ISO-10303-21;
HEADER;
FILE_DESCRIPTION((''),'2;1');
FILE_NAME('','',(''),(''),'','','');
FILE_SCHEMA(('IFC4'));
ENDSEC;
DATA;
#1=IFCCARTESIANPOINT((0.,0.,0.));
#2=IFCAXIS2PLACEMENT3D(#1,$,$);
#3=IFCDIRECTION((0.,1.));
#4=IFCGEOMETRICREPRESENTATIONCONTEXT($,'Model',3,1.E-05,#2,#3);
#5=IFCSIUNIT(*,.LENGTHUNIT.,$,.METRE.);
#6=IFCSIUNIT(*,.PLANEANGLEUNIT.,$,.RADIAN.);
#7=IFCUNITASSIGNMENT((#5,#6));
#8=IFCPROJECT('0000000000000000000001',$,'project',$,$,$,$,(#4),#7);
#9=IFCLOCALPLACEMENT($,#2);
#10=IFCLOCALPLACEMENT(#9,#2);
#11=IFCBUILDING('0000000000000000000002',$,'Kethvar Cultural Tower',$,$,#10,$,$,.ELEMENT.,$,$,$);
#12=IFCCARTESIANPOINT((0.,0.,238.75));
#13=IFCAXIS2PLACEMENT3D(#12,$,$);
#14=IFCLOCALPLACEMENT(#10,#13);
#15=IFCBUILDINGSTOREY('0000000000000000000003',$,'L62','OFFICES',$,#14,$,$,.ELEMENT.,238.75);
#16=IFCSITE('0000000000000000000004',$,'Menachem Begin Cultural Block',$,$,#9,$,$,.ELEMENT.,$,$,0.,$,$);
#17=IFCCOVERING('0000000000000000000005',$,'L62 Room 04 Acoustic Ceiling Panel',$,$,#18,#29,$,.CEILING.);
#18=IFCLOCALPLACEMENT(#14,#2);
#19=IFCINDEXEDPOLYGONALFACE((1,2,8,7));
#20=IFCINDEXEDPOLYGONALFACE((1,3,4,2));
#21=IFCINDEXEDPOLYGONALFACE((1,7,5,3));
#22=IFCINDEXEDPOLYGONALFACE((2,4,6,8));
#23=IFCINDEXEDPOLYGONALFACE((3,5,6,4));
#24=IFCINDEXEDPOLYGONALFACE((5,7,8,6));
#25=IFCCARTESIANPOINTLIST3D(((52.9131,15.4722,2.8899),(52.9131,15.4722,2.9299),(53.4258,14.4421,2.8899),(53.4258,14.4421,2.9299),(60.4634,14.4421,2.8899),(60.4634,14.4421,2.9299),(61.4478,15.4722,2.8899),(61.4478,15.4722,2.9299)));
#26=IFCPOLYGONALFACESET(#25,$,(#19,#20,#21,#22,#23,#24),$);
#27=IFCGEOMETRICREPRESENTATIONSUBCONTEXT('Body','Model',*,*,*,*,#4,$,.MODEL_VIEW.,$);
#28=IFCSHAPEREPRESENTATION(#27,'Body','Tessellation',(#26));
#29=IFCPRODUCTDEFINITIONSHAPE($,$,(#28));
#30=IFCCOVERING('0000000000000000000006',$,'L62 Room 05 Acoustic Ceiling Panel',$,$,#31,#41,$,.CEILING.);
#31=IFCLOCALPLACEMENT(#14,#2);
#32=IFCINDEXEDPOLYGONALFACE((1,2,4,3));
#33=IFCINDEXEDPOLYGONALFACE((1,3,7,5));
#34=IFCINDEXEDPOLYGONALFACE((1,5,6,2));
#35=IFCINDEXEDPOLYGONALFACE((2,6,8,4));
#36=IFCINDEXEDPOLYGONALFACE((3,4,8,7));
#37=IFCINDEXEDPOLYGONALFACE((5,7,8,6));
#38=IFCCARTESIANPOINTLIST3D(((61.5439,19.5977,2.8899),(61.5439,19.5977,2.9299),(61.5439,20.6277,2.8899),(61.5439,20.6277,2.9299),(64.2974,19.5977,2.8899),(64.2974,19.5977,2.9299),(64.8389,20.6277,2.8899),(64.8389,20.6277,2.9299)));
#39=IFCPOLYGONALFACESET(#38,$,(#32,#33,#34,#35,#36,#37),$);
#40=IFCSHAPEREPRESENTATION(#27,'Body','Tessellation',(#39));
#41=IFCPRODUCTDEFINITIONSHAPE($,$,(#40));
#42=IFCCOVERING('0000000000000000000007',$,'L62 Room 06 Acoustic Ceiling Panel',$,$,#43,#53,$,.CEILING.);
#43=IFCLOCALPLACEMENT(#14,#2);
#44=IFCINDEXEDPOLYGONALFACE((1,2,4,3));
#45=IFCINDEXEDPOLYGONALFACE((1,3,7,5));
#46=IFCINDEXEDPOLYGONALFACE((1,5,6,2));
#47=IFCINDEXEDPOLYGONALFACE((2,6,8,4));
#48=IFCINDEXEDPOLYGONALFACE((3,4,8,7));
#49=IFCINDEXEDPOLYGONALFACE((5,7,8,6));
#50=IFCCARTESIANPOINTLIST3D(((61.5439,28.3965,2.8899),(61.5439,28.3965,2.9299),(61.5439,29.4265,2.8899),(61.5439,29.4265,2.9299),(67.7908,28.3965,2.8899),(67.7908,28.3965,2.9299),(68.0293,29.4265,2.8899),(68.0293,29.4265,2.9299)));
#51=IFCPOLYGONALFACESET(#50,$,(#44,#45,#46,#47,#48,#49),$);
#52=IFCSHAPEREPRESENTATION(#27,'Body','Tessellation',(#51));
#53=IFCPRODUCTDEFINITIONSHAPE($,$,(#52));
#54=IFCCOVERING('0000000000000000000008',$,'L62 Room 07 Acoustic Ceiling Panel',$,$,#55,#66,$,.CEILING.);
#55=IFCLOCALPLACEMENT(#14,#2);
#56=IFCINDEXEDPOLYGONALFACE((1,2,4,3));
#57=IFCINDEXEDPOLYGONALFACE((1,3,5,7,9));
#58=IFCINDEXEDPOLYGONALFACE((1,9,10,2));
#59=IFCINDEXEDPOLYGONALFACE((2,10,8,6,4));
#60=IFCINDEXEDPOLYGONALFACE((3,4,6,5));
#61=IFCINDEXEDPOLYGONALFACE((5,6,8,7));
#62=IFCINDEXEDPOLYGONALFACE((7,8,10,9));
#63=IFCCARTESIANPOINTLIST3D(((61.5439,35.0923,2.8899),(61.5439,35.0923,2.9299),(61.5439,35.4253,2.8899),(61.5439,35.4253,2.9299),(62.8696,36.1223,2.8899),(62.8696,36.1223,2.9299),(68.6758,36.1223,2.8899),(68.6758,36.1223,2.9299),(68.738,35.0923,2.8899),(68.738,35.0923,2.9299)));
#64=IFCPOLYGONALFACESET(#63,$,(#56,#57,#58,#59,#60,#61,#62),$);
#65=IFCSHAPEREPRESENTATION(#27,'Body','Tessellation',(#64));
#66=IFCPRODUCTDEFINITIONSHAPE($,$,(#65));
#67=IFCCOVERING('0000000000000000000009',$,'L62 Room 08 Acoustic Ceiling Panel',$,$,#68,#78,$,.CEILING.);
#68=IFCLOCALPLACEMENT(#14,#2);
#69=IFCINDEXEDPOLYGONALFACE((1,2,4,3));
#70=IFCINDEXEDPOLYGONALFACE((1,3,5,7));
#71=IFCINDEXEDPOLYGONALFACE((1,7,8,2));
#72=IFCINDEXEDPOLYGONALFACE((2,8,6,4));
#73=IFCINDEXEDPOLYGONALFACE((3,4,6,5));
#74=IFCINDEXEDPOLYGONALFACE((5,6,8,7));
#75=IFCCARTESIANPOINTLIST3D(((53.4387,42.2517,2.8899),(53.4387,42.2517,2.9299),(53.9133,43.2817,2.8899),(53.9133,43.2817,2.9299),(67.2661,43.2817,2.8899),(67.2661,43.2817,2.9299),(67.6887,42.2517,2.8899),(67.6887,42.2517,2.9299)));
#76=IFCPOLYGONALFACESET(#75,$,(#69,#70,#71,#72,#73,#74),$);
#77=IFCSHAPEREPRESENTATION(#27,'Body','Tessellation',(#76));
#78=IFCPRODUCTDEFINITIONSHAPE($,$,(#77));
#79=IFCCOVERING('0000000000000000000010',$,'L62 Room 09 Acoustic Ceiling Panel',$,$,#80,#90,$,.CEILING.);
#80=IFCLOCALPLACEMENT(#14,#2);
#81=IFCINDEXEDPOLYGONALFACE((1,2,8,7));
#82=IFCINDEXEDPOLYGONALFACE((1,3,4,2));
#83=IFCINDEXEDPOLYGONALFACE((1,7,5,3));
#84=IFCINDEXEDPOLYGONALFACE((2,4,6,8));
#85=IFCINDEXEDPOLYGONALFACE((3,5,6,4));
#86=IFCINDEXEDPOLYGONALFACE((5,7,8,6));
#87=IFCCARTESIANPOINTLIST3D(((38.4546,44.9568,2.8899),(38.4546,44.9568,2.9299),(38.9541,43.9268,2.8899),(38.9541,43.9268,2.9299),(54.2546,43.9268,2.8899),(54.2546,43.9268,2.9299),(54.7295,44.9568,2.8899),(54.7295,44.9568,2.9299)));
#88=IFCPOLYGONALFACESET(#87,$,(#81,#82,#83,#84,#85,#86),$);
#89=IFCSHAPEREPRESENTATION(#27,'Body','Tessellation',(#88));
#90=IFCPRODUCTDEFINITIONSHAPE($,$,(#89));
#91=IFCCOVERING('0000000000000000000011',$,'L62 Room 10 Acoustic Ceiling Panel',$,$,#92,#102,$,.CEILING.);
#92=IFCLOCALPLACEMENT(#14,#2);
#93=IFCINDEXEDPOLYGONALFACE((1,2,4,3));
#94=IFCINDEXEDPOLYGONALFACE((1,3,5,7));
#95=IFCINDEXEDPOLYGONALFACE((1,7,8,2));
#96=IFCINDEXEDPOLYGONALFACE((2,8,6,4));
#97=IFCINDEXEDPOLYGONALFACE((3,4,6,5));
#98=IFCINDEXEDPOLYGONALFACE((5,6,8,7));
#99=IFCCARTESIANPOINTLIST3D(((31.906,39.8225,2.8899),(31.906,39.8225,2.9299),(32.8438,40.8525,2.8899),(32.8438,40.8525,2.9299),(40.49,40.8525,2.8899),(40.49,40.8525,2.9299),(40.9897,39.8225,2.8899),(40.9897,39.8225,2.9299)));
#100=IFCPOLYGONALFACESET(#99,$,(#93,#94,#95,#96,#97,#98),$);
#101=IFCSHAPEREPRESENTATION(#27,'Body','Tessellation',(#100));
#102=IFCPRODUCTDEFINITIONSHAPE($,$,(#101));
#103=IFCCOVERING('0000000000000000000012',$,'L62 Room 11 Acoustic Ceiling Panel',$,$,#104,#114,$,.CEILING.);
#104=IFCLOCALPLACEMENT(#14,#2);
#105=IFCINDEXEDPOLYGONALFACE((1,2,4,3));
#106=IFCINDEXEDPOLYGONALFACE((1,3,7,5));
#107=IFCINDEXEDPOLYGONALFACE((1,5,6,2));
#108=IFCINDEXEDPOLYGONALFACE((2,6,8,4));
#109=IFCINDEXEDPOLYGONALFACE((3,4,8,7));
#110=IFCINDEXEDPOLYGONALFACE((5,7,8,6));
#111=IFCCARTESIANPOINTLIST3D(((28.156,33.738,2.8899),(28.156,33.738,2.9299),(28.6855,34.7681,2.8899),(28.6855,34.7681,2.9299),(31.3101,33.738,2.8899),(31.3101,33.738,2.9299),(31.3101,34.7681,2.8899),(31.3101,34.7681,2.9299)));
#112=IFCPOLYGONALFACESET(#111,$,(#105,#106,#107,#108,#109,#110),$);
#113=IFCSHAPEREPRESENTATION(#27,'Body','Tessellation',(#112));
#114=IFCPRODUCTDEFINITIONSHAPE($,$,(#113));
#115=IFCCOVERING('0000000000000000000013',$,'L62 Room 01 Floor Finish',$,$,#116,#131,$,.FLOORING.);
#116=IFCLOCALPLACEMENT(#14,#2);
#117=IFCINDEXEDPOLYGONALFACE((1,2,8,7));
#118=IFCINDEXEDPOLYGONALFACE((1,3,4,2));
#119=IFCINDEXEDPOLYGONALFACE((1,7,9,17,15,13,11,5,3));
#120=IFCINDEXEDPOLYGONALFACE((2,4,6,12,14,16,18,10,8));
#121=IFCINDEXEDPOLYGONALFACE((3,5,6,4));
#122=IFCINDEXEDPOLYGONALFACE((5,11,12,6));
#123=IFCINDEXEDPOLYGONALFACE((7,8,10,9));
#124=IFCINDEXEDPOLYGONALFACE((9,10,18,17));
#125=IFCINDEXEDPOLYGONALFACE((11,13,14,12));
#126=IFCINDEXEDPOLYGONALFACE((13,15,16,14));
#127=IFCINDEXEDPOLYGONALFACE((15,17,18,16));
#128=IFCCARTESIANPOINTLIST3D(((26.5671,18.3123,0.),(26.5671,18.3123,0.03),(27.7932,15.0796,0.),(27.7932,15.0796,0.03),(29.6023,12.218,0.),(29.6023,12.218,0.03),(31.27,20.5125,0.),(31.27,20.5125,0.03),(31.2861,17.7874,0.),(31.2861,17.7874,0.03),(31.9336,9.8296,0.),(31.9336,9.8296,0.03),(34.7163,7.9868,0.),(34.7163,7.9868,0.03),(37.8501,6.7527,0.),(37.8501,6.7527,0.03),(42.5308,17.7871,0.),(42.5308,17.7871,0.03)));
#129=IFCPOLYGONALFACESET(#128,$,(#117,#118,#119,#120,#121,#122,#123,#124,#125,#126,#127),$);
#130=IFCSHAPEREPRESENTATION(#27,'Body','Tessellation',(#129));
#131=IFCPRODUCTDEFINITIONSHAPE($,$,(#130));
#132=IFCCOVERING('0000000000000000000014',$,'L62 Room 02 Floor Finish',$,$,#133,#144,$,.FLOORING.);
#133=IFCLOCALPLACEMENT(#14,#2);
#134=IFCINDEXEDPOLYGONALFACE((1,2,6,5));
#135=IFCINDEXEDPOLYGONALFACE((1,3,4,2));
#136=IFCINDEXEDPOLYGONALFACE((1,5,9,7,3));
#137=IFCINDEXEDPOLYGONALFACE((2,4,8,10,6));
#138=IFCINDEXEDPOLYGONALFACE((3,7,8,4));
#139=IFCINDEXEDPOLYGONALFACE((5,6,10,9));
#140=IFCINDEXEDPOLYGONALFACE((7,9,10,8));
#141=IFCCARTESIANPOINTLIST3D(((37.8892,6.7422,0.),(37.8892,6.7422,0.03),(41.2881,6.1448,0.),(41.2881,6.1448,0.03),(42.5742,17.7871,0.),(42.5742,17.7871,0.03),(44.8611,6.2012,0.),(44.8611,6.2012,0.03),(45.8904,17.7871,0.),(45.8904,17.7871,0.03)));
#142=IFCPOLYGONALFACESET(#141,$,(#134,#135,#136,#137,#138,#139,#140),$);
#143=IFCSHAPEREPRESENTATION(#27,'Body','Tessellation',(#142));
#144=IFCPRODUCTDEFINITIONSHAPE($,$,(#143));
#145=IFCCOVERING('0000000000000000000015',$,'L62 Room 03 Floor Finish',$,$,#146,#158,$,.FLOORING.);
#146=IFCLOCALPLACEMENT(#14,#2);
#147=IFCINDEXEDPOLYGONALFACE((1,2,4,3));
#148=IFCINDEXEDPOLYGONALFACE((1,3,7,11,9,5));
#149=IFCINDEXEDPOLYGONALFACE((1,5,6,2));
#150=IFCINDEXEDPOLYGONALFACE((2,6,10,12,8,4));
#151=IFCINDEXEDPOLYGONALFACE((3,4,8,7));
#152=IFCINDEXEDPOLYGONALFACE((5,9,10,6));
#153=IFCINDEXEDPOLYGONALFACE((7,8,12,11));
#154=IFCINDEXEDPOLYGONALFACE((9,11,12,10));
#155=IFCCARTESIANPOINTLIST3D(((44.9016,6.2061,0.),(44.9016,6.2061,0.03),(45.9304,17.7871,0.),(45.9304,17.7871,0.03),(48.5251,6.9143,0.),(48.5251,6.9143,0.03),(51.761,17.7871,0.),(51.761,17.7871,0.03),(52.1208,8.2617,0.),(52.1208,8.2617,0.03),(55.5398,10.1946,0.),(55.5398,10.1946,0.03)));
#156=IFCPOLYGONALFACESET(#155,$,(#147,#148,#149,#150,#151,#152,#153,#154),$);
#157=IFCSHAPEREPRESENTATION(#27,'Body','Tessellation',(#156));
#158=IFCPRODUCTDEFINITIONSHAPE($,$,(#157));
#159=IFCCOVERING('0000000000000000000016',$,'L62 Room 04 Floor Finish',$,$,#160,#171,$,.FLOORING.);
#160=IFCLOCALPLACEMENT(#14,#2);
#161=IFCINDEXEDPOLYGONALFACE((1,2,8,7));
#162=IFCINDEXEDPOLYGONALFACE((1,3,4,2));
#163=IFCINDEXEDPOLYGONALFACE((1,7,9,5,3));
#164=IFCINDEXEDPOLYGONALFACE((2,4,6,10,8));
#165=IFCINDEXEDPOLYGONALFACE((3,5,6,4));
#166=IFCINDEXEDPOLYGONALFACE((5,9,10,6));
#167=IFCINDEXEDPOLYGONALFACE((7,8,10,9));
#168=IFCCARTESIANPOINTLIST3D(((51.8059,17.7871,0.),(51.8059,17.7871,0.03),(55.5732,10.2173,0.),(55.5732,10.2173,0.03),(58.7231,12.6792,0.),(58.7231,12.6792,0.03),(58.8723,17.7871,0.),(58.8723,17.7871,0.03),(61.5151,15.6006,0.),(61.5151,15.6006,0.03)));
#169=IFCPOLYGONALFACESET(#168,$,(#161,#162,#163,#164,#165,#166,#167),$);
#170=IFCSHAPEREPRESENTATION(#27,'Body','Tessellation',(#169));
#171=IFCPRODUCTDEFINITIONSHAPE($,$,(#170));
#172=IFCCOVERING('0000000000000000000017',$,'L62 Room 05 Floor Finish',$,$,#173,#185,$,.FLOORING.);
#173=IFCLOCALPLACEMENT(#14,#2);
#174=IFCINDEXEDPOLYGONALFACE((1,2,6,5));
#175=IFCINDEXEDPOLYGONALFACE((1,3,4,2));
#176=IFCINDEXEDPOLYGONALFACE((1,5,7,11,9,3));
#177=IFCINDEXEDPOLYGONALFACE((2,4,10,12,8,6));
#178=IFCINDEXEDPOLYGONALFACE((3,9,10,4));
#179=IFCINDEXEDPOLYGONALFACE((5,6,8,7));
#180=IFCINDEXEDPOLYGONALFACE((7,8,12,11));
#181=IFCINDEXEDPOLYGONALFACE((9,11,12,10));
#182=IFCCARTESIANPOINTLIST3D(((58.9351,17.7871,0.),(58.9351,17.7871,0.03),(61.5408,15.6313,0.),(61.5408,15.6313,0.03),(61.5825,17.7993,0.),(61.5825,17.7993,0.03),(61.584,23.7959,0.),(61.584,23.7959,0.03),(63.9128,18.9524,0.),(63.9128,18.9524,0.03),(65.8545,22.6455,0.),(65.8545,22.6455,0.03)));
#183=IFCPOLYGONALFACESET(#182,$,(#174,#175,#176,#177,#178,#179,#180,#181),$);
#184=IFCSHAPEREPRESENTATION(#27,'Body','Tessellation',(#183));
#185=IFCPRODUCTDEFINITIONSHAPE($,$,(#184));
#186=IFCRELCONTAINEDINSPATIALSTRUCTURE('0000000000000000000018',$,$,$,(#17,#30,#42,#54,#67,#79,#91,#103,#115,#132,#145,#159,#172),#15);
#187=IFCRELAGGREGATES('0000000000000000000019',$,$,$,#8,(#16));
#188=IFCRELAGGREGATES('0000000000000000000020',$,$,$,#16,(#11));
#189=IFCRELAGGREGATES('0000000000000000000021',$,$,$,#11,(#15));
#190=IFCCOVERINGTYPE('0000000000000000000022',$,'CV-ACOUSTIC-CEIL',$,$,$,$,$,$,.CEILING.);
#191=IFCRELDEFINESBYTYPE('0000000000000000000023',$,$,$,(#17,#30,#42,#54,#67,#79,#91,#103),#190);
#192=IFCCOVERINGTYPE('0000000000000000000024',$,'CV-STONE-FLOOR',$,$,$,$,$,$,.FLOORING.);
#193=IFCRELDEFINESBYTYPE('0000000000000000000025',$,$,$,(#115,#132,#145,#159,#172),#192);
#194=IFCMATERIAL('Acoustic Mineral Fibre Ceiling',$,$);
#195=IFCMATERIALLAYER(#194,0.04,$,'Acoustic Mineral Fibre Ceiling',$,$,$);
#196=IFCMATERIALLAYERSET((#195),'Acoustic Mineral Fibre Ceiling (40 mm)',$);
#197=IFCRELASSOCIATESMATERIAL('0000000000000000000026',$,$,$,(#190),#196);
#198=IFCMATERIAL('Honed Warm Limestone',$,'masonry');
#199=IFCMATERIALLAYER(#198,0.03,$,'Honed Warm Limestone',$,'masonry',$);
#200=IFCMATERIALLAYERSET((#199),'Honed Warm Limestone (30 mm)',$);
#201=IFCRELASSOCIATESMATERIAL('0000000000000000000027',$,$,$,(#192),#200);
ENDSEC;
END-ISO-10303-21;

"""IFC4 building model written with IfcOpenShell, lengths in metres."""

from ifc_helpers import new_model, si_unit, direction, frame, origin, place, context, subcontext, project, spatial, polyline, outline, extrude, material, layer, layer_set, type_object, element, save


model = new_model("IFC4")

# Units and contexts
model_context = context("Model", 3, precision=1e-05, world=origin(), true_north=direction((0.0, 1.0)))
body_context = subcontext(model_context, "Body", "Model", "MODEL_VIEW")
ifc_project = project(units=[si_unit("LENGTHUNIT", "METRE"), si_unit("PLANEANGLEUNIT", "RADIAN")], contexts=[model_context])

# Site, building, storey
site_placement = place(None, origin())
site = spatial("IfcSite", under=ifc_project, at=site_placement, Name="Menachem Begin Cultural Block", CompositionType="ELEMENT", RefElevation=0.0)
building_placement = place(site_placement, origin())
building = spatial("IfcBuilding", under=site, at=building_placement, Name="Kethvar Cultural Tower", CompositionType="ELEMENT")
storey_placement = place(building_placement, frame((0.0, 0.0, 238.75)))
storey = spatial("IfcBuildingStorey", under=building, at=storey_placement, Name="L62", Description="OFFICES", CompositionType="ELEMENT", Elevation=238.75)

# Coverings
ifc_material_1 = material(Name="Acoustic Mineral Fibre Ceiling")
ifc_layer_1 = layer(ifc_material_1, 0.04, Name="Acoustic Mineral Fibre Ceiling")
ifc_layer_set_1 = layer_set([ifc_layer_1], Name="Acoustic Mineral Fibre Ceiling (40 mm)")
covering_type_1 = type_object("IfcCoveringType", Name="CV-ACOUSTIC-CEIL", PredefinedType="CEILING", material=ifc_layer_set_1)
covering_1_placement = place(storey_placement, frame((0.0, 0.0, 2.8899)))
element("IfcCovering", 1, at=covering_1_placement, inside=storey, type_object=covering_type_1, Name="L62 Room 04 Acoustic Ceiling Panel", PredefinedType="CEILING", context=body_context, shape_type="SweptSolid", body=[
    extrude(outline(polyline([(52.9131, 15.4722), (61.4478, 15.4722), (60.4634, 14.4421), (53.4258, 14.4421), (52.9131, 15.4722)])), origin(), (0.0, 0.0, 1.0), 0.04),
])
covering_2_placement = place(storey_placement, frame((0.0, 0.0, 2.8899)))
element("IfcCovering", 2, at=covering_2_placement, inside=storey, type_object=covering_type_1, Name="L62 Room 05 Acoustic Ceiling Panel", PredefinedType="CEILING", context=body_context, shape_type="SweptSolid", body=[
    extrude(outline(polyline([(61.5439, 20.6277), (64.8389, 20.6277), (64.2974, 19.5977), (61.5439, 19.5977), (61.5439, 20.6277)])), origin(), (0.0, 0.0, 1.0), 0.04),
])
covering_3_placement = place(storey_placement, frame((0.0, 0.0, 2.8899)))
element("IfcCovering", 3, at=covering_3_placement, inside=storey, type_object=covering_type_1, Name="L62 Room 06 Acoustic Ceiling Panel", PredefinedType="CEILING", context=body_context, shape_type="SweptSolid", body=[
    extrude(outline(polyline([(67.7908, 28.3965), (61.5439, 28.3965), (61.5439, 29.4265), (68.0293, 29.4265), (67.7908, 28.3965)])), origin(), (0.0, 0.0, 1.0), 0.04),
])
covering_4_placement = place(storey_placement, frame((0.0, 0.0, 2.8899)))
element("IfcCovering", 4, at=covering_4_placement, inside=storey, type_object=covering_type_1, Name="L62 Room 07 Acoustic Ceiling Panel", PredefinedType="CEILING", context=body_context, shape_type="SweptSolid", body=[
    extrude(outline(polyline([(61.5439, 35.4253), (62.8696, 36.1223), (68.6758, 36.1223), (68.738, 35.0923), (61.5439, 35.0923), (61.5439, 35.4253)])), origin(), (0.0, 0.0, 1.0), 0.04),
])
covering_5_placement = place(storey_placement, frame((0.0, 0.0, 2.8899)))
element("IfcCovering", 5, at=covering_5_placement, inside=storey, type_object=covering_type_1, Name="L62 Room 08 Acoustic Ceiling Panel", PredefinedType="CEILING", context=body_context, shape_type="SweptSolid", body=[
    extrude(outline(polyline([(67.2661, 43.2817), (67.6887, 42.2517), (53.4387, 42.2517), (53.9133, 43.2817), (67.2661, 43.2817)])), origin(), (0.0, 0.0, 1.0), 0.04),
])
covering_6_placement = place(storey_placement, frame((0.0, 0.0, 2.8899)))
element("IfcCovering", 6, at=covering_6_placement, inside=storey, type_object=covering_type_1, Name="L62 Room 09 Acoustic Ceiling Panel", PredefinedType="CEILING", context=body_context, shape_type="SweptSolid", body=[
    extrude(outline(polyline([(54.2546, 43.9268), (38.9541, 43.9268), (38.4546, 44.9568), (54.7295, 44.9568), (54.2546, 43.9268)])), origin(), (0.0, 0.0, 1.0), 0.04),
])
covering_7_placement = place(storey_placement, frame((0.0, 0.0, 2.8899)))
element("IfcCovering", 7, at=covering_7_placement, inside=storey, type_object=covering_type_1, Name="L62 Room 10 Acoustic Ceiling Panel", PredefinedType="CEILING", context=body_context, shape_type="SweptSolid", body=[
    extrude(outline(polyline([(31.906, 39.8225), (32.8438, 40.8525), (40.49, 40.8525), (40.9897, 39.8225), (31.906, 39.8225)])), origin(), (0.0, 0.0, 1.0), 0.04),
])
covering_8_placement = place(storey_placement, frame((0.0, 0.0, 2.8899)))
element("IfcCovering", 8, at=covering_8_placement, inside=storey, type_object=covering_type_1, Name="L62 Room 11 Acoustic Ceiling Panel", PredefinedType="CEILING", context=body_context, shape_type="SweptSolid", body=[
    extrude(outline(polyline([(28.6855, 34.7681), (31.3101, 34.7681), (31.3101, 33.738), (28.156, 33.738), (28.6855, 34.7681)])), origin(), (0.0, 0.0, 1.0), 0.04),
])
ifc_material_2 = material(Name="Honed Warm Limestone", Category="masonry")
ifc_layer_2 = layer(ifc_material_2, 0.03, Name="Honed Warm Limestone", Category="masonry")
ifc_layer_set_2 = layer_set([ifc_layer_2], Name="Honed Warm Limestone (30 mm)")
covering_type_2 = type_object("IfcCoveringType", Name="CV-STONE-FLOOR", PredefinedType="FLOORING", material=ifc_layer_set_2)
covering_9_placement = place(storey_placement, origin())
element("IfcCovering", 9, at=covering_9_placement, inside=storey, type_object=covering_type_2, Name="L62 Room 01 Floor Finish", PredefinedType="FLOORING", context=body_context, shape_type="SweptSolid", body=[
    extrude(outline(polyline([(34.7163, 7.9868), (31.9336, 9.8296), (29.6023, 12.218), (27.7932, 15.0796), (26.5671, 18.3123), (31.27, 20.5125), (31.2861, 17.7874), (42.5308, 17.7871), (37.8501, 6.7527), (34.7163, 7.9868)])), origin(), (0.0, 0.0, 1.0), 0.03),
])
covering_10_placement = place(storey_placement, origin())
element("IfcCovering", 10, at=covering_10_placement, inside=storey, type_object=covering_type_2, Name="L62 Room 02 Floor Finish", PredefinedType="FLOORING", context=body_context, shape_type="SweptSolid", body=[
    extrude(outline(polyline([(41.2881, 6.1448), (37.8892, 6.7422), (42.5742, 17.7871), (45.8904, 17.7871), (44.8611, 6.2012), (41.2881, 6.1448)])), origin(), (0.0, 0.0, 1.0), 0.03),
])
covering_11_placement = place(storey_placement, origin())
element("IfcCovering", 11, at=covering_11_placement, inside=storey, type_object=covering_type_2, Name="L62 Room 03 Floor Finish", PredefinedType="FLOORING", context=body_context, shape_type="SweptSolid", body=[
    extrude(outline(polyline([(52.1208, 8.2617), (48.5251, 6.9143), (44.9016, 6.2061), (45.9304, 17.7871), (51.761, 17.7871), (55.5398, 10.1946), (52.1208, 8.2617)])), origin(), (0.0, 0.0, 1.0), 0.03),
])
covering_12_placement = place(storey_placement, origin())
element("IfcCovering", 12, at=covering_12_placement, inside=storey, type_object=covering_type_2, Name="L62 Room 04 Floor Finish", PredefinedType="FLOORING", context=body_context, shape_type="SweptSolid", body=[
    extrude(outline(polyline([(58.7231, 12.6792), (55.5732, 10.2173), (51.8059, 17.7871), (58.8723, 17.7871), (61.5151, 15.6006), (58.7231, 12.6792)])), origin(), (0.0, 0.0, 1.0), 0.03),
])
covering_13_placement = place(storey_placement, origin())
element("IfcCovering", 13, at=covering_13_placement, inside=storey, type_object=covering_type_2, Name="L62 Room 05 Floor Finish", PredefinedType="FLOORING", context=body_context, shape_type="SweptSolid", body=[
    extrude(outline(polyline([(63.9128, 18.9524), (61.5408, 15.6313), (58.9351, 17.7871), (61.5825, 17.7993), (61.584, 23.7959), (65.8545, 22.6455), (63.9128, 18.9524)])), origin(), (0.0, 0.0, 1.0), 0.03),
])

save(model, "model.ifc")
